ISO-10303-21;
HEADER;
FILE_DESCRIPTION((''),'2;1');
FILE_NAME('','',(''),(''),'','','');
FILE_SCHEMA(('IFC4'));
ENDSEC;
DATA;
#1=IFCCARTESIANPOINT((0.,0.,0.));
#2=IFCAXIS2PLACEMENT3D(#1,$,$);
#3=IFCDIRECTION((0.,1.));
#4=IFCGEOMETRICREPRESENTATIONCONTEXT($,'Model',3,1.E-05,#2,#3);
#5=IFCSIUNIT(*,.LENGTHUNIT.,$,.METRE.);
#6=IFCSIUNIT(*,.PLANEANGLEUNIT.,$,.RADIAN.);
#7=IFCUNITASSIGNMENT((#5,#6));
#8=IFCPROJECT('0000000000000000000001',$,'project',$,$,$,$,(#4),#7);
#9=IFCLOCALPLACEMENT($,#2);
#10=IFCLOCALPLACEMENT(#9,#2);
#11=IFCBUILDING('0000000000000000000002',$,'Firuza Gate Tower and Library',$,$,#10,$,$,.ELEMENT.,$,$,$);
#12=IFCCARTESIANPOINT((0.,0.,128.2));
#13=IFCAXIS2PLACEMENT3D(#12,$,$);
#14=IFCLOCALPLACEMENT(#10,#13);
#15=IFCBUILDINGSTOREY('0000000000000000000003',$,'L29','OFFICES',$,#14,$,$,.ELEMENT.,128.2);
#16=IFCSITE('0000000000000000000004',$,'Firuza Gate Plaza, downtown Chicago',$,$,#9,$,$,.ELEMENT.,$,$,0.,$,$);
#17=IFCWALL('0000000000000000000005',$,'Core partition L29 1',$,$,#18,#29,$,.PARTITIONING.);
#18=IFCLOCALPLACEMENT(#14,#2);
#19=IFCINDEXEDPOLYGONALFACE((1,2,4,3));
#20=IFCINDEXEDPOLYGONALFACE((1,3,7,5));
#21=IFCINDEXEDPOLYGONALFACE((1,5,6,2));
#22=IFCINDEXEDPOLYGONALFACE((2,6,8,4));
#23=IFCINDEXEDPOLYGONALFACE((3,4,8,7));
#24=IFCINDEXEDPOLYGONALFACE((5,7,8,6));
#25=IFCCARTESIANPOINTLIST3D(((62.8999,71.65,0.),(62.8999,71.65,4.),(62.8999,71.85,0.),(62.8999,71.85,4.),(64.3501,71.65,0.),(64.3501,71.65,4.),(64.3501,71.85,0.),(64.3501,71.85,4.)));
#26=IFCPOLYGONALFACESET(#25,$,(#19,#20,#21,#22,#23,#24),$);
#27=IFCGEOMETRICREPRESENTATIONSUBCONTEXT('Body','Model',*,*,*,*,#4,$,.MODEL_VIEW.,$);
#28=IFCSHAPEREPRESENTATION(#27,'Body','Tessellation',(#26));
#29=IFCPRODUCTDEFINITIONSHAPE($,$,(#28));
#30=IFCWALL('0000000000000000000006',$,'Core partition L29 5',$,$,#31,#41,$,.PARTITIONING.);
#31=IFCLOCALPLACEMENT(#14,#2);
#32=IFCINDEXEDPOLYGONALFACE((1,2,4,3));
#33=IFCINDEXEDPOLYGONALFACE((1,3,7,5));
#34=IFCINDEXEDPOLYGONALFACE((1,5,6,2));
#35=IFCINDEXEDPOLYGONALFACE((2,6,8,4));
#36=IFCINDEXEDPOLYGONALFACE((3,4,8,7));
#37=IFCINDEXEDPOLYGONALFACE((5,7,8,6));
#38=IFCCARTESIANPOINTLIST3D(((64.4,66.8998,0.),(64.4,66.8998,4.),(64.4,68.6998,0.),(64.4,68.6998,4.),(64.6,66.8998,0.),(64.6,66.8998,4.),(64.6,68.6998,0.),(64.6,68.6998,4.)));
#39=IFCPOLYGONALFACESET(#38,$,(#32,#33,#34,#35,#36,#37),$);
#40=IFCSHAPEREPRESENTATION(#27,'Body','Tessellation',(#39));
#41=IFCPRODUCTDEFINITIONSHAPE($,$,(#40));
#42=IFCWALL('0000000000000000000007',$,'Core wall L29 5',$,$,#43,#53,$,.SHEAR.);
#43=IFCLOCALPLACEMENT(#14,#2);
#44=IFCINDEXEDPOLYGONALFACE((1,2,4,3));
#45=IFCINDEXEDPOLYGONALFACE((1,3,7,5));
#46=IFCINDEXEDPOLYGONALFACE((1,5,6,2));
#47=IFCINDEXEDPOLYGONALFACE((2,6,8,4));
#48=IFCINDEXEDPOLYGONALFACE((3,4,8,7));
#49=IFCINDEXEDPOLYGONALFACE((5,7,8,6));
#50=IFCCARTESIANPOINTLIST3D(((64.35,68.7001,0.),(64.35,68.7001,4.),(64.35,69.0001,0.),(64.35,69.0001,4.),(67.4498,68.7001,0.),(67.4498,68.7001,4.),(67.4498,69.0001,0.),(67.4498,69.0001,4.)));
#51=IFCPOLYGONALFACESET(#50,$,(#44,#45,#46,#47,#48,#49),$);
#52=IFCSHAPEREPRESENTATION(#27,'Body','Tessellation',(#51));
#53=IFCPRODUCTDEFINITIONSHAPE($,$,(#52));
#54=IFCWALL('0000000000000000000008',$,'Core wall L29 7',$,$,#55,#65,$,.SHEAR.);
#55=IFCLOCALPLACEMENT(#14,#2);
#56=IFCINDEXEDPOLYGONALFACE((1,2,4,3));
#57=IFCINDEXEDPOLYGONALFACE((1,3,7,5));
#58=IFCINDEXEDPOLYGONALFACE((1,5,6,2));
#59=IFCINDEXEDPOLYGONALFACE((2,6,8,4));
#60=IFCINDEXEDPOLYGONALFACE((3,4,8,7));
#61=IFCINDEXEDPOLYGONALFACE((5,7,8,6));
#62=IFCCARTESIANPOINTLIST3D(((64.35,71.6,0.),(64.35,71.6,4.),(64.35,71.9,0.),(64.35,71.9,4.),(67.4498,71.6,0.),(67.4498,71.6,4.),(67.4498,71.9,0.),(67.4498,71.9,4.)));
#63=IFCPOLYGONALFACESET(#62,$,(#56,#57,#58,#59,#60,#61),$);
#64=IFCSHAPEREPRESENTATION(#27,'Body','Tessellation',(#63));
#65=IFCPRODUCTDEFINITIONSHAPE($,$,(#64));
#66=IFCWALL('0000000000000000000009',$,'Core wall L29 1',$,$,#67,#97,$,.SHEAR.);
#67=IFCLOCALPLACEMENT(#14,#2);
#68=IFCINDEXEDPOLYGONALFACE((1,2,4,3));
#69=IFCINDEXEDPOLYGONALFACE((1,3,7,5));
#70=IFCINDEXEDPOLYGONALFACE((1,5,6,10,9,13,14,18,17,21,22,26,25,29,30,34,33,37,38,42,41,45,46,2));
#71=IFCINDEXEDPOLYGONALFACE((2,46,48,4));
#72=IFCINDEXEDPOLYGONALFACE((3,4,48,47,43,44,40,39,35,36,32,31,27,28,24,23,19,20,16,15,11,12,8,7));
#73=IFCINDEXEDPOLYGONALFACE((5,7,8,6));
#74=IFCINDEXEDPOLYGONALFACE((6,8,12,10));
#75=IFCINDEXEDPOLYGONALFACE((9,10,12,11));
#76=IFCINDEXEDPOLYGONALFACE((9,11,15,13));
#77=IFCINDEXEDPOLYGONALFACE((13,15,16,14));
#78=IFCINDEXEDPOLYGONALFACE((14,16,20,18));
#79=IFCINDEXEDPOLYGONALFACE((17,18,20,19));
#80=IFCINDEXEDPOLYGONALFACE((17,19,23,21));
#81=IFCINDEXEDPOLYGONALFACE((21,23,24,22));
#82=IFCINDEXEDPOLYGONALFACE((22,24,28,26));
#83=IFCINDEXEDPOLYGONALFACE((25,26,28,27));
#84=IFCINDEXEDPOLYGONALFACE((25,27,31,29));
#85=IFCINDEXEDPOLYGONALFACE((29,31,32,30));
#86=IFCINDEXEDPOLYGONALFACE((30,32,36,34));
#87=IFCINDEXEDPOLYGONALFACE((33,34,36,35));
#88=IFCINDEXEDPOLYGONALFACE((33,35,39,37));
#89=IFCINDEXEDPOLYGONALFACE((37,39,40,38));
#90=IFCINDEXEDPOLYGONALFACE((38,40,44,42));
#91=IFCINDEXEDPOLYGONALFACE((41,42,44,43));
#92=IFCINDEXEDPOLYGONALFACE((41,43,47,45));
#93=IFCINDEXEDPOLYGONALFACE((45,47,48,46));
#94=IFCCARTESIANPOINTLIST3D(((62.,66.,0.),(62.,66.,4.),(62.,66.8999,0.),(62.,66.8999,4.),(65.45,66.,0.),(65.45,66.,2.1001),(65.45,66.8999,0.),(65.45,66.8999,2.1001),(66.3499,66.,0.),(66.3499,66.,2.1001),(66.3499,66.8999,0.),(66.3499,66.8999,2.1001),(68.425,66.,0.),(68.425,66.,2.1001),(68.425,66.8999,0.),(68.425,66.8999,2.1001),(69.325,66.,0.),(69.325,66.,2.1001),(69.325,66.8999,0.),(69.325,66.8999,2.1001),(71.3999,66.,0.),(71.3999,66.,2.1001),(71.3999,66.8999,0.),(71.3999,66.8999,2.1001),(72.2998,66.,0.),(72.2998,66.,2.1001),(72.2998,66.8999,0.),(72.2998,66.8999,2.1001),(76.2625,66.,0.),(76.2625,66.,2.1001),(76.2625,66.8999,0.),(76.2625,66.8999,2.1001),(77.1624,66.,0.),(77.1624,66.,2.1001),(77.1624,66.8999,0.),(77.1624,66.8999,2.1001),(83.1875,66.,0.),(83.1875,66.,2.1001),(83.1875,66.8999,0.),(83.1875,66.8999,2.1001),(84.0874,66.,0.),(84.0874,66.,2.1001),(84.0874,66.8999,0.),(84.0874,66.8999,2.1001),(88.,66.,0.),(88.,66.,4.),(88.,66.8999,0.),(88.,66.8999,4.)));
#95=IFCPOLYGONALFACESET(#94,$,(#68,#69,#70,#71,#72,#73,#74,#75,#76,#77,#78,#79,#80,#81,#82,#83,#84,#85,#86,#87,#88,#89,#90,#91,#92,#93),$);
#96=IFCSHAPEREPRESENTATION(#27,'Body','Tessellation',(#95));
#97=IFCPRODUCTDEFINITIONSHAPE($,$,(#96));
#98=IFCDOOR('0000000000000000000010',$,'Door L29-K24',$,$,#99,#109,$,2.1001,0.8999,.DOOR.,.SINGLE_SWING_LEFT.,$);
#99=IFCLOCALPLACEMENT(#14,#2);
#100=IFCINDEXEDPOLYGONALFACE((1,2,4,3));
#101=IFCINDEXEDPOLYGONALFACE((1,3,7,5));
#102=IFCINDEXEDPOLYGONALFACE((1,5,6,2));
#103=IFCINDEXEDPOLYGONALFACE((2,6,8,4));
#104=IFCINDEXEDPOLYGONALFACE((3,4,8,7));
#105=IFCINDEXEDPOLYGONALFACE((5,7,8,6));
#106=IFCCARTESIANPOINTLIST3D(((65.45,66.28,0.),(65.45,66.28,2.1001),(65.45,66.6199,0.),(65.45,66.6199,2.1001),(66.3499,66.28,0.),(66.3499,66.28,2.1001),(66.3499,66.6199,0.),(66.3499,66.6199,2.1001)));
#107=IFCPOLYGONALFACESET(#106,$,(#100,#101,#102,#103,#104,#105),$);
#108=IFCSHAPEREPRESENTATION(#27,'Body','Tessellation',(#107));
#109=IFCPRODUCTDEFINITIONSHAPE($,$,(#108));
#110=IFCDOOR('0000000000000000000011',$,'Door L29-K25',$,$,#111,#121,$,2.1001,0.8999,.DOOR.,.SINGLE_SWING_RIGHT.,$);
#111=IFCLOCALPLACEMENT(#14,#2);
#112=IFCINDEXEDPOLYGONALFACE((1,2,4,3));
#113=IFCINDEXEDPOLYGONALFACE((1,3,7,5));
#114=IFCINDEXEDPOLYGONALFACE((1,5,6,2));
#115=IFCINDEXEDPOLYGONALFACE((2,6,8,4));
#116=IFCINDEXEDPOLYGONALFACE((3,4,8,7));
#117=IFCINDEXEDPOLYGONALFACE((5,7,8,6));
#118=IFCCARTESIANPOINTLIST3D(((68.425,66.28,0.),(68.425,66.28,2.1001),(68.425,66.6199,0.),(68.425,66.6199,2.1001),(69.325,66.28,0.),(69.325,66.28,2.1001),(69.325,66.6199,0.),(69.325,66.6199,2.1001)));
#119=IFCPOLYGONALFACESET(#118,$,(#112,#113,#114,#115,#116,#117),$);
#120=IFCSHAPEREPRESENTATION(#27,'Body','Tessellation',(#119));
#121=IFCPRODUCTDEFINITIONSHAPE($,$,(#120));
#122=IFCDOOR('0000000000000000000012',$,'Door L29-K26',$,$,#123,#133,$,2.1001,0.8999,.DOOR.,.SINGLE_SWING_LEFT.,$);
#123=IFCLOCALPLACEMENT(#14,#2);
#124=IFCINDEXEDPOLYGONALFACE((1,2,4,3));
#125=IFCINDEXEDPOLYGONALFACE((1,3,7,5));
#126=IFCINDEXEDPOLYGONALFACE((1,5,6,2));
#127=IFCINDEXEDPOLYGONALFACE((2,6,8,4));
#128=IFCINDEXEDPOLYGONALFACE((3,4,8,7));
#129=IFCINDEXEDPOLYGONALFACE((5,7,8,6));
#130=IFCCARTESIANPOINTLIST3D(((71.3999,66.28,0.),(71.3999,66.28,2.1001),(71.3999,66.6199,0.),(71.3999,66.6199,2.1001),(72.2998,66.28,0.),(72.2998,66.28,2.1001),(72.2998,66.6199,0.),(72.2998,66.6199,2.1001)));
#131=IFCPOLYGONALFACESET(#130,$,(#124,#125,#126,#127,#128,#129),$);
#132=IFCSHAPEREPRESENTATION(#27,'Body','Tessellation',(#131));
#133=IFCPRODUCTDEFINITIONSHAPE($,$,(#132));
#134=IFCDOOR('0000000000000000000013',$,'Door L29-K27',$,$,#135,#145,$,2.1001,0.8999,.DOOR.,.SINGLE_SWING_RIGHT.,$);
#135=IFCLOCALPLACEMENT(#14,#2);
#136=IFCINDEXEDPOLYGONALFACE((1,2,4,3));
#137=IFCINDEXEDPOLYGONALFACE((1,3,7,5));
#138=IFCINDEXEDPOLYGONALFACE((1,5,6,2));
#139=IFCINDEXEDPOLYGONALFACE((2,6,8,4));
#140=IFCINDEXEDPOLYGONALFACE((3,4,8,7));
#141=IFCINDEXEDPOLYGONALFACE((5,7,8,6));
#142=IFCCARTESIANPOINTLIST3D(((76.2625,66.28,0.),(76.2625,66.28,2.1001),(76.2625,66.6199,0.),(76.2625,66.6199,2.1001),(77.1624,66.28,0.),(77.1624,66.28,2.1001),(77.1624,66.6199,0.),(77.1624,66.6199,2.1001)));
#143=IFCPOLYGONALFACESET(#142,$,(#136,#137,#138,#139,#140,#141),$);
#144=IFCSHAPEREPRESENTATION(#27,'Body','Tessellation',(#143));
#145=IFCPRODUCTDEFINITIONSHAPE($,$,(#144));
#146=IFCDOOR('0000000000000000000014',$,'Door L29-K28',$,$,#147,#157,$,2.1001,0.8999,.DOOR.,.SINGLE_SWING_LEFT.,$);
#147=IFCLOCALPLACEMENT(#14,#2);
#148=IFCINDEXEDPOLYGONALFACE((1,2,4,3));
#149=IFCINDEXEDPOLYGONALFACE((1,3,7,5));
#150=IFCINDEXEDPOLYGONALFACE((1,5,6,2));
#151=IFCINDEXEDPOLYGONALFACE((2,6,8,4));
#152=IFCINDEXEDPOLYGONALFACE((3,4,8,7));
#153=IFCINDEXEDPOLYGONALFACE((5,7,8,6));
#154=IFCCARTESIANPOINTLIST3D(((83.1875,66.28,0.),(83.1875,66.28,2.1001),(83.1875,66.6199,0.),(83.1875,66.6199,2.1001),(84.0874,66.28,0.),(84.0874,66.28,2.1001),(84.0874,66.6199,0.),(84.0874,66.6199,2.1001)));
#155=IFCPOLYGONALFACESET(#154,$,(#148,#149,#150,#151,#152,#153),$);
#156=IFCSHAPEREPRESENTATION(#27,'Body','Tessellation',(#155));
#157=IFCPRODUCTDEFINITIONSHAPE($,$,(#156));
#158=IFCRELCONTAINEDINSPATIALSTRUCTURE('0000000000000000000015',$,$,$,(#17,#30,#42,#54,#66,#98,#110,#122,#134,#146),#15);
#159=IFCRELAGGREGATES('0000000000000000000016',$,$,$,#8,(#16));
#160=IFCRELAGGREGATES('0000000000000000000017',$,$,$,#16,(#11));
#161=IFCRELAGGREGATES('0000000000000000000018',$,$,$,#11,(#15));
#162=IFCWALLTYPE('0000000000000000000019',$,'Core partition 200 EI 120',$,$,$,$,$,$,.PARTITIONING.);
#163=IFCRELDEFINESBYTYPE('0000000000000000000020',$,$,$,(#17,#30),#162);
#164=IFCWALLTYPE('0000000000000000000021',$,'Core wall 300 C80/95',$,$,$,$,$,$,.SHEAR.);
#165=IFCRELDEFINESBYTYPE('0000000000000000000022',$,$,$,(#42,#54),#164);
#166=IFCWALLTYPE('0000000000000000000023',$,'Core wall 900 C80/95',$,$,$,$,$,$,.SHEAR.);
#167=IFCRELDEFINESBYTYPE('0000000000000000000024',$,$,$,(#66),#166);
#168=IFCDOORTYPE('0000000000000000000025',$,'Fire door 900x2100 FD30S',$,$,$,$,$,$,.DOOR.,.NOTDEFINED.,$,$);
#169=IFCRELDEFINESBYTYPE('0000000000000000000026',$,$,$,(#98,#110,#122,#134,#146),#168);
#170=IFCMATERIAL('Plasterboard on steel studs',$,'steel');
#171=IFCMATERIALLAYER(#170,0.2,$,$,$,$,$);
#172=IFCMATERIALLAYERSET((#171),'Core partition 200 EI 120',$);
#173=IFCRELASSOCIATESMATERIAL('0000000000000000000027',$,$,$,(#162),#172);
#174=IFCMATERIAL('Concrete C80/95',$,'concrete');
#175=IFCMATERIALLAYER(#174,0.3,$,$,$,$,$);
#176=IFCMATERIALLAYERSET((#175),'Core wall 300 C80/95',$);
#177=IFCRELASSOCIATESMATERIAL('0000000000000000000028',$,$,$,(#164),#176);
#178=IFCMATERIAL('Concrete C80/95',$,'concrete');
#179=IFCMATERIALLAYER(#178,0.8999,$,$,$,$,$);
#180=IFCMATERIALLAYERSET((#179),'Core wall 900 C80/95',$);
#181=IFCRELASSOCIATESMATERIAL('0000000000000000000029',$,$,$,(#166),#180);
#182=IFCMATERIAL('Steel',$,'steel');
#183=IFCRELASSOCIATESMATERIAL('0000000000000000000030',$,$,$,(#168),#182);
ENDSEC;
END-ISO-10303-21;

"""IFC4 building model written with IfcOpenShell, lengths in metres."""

from ifc_helpers import new_model, si_unit, direction, frame, frame_2d, origin, place, context, subcontext, project, spatial, rectangle, extrude, material, layer, layer_set, type_object, element, fill, save


model = new_model("IFC4")

# Units and contexts
model_context = context("Model", 3, precision=1e-05, world=origin(), true_north=direction((0.0, 1.0)))
body_context = subcontext(model_context, "Body", "Model", "MODEL_VIEW")
ifc_project = project(units=[si_unit("LENGTHUNIT", "METRE"), si_unit("PLANEANGLEUNIT", "RADIAN")], contexts=[model_context])

# Site, building, storey
site_placement = place(None, origin())
site = spatial("IfcSite", under=ifc_project, at=site_placement, Name="Firuza Gate Plaza, downtown Chicago", CompositionType="ELEMENT", RefElevation=0.0)
building_placement = place(site_placement, origin())
building = spatial("IfcBuilding", under=site, at=building_placement, Name="Firuza Gate Tower and Library", CompositionType="ELEMENT")
storey_placement = place(building_placement, frame((0.0, 0.0, 128.2)))
storey = spatial("IfcBuildingStorey", under=building, at=storey_placement, Name="L29", Description="OFFICES", CompositionType="ELEMENT", Elevation=128.2)

# Walls
ifc_material_1 = material(Name="Plasterboard on steel studs", Category="steel")
ifc_layer_1 = layer(ifc_material_1, 0.2)
ifc_layer_set_1 = layer_set([ifc_layer_1], Name="Core partition 200 EI 120")
wall_type_1 = type_object("IfcWallType", Name="Core partition 200 EI 120", PredefinedType="PARTITIONING", material=ifc_layer_set_1)
wall_1_placement = place(storey_placement, frame((62.8999, 71.75, 0.0), z_axis=(0.0, 0.0, 1.0), x_axis=(1.0, 0.0, 0.0)))
element("IfcWall", 1, at=wall_1_placement, inside=storey, type_object=wall_type_1, Name="Core partition L29 1", PredefinedType="PARTITIONING", context=body_context, shape_type="SweptSolid", body=[
    extrude(rectangle(XDim=1.4502, YDim=0.2, at=frame_2d((0.7251, 0.0))), origin(), (0.0, 0.0, 1.0), 4.0),
])
wall_2_placement = place(storey_placement, frame((64.5, 66.8999, 0.0), z_axis=(0.0, 0.0, 1.0), x_axis=(0.0, 1.0, 0.0)))
element("IfcWall", 2, at=wall_2_placement, inside=storey, type_object=wall_type_1, Name="Core partition L29 5", PredefinedType="PARTITIONING", context=body_context, shape_type="SweptSolid", body=[
    extrude(rectangle(XDim=1.8, YDim=0.2, at=frame_2d((0.8999, 0.0))), origin(), (0.0, 0.0, 1.0), 4.0),
])
ifc_material_2 = material(Name="Concrete C80/95", Category="concrete")
ifc_layer_2 = layer(ifc_material_2, 0.3)
ifc_layer_set_2 = layer_set([ifc_layer_2], Name="Core wall 300 C80/95")
wall_type_2 = type_object("IfcWallType", Name="Core wall 300 C80/95", PredefinedType="SHEAR", material=ifc_layer_set_2)
for number, where, z_axis, x_axis, name in (
    (3, (64.3501, 68.8501, 0.0), (0.0, 0.0, 1.0), (1.0, 0.0, 0.0), "Core wall L29 5"),
    (4, (64.3501, 71.75, 0.0), (0.0, 0.0, 1.0), (1.0, 0.0, 0.0), "Core wall L29 7"),
):
    element("IfcWall", number, at=place(storey_placement, frame(where, z_axis=z_axis, x_axis=x_axis)), inside=storey, type_object=wall_type_2, Name=name, PredefinedType="SHEAR", context=body_context, shape_type="SweptSolid", body=[
        extrude(rectangle(XDim=3.0999, YDim=0.3, at=frame_2d((1.5498, 0.0))), origin(), (0.0, 0.0, 1.0), 4.0),
    ])

# Wall, openings, doors
ifc_material_3 = material(Name="Concrete C80/95", Category="concrete")
ifc_layer_3 = layer(ifc_material_3, 0.8999)
ifc_layer_set_3 = layer_set([ifc_layer_3], Name="Core wall 900 C80/95")
wall_type_3 = type_object("IfcWallType", Name="Core wall 900 C80/95", PredefinedType="SHEAR", material=ifc_layer_set_3)
wall_3_placement = place(storey_placement, frame((62.0, 66.45, 0.0), z_axis=(0.0, 0.0, 1.0), x_axis=(1.0, 0.0, 0.0)))
wall_3 = element("IfcWall", 5, at=wall_3_placement, inside=storey, type_object=wall_type_3, Name="Core wall L29 1", PredefinedType="SHEAR", context=body_context, shape_type="SweptSolid", body=[
    extrude(rectangle(XDim=26.0, YDim=0.8999, at=frame_2d((13.0, 0.0))), origin(), (0.0, 0.0, 1.0), 4.0),
])
opening_1_placement = place(wall_3_placement, frame((3.45, 0.0, 0.0)))
opening_1 = element("IfcOpeningElement", 6, at=opening_1_placement, cuts=wall_3, PredefinedType="OPENING", context=body_context, shape_type="SweptSolid", body=[
    extrude(rectangle(XDim=0.8999, YDim=2.1001, at=frame_2d((0.45, 1.05))), frame((0.0, 0.46, 0.0), z_axis=(0.0, -1.0, 0.0), x_axis=(1.0, 0.0, 0.0)), (0.0, 0.0, 1.0), 0.9199),
])
opening_2_placement = place(wall_3_placement, frame((6.425, 0.0, 0.0)))
opening_2 = element("IfcOpeningElement", 7, at=opening_2_placement, cuts=wall_3, PredefinedType="OPENING", context=body_context, shape_type="SweptSolid", body=[
    extrude(rectangle(XDim=0.8999, YDim=2.1001, at=frame_2d((0.45, 1.05))), frame((0.0, 0.46, 0.0), z_axis=(0.0, -1.0, 0.0), x_axis=(1.0, 0.0, 0.0)), (0.0, 0.0, 1.0), 0.9199),
])
opening_3_placement = place(wall_3_placement, frame((9.3999, 0.0, 0.0)))
opening_3 = element("IfcOpeningElement", 8, at=opening_3_placement, cuts=wall_3, PredefinedType="OPENING", context=body_context, shape_type="SweptSolid", body=[
    extrude(rectangle(XDim=0.8999, YDim=2.1001, at=frame_2d((0.45, 1.05))), frame((0.0, 0.46, 0.0), z_axis=(0.0, -1.0, 0.0), x_axis=(1.0, 0.0, 0.0)), (0.0, 0.0, 1.0), 0.9199),
])
opening_4_placement = place(wall_3_placement, frame((14.2625, 0.0, 0.0)))
opening_4 = element("IfcOpeningElement", 9, at=opening_4_placement, cuts=wall_3, PredefinedType="OPENING", context=body_context, shape_type="SweptSolid", body=[
    extrude(rectangle(XDim=0.8999, YDim=2.1001, at=frame_2d((0.45, 1.05))), frame((0.0, 0.46, 0.0), z_axis=(0.0, -1.0, 0.0), x_axis=(1.0, 0.0, 0.0)), (0.0, 0.0, 1.0), 0.9199),
])
opening_5_placement = place(wall_3_placement, frame((21.1875, 0.0, 0.0)))
opening_5 = element("IfcOpeningElement", 10, at=opening_5_placement, cuts=wall_3, PredefinedType="OPENING", context=body_context, shape_type="SweptSolid", body=[
    extrude(rectangle(XDim=0.8999, YDim=2.1001, at=frame_2d((0.45, 1.05))), frame((0.0, 0.46, 0.0), z_axis=(0.0, -1.0, 0.0), x_axis=(1.0, 0.0, 0.0)), (0.0, 0.0, 1.0), 0.9199),
])
ifc_material_4 = material(Name="Steel", Category="steel")
door_type_1 = type_object("IfcDoorType", Name="Fire door 900x2100 FD30S", OperationType="NOTDEFINED", PredefinedType="DOOR", material=ifc_material_4)
door_1_placement = place(opening_1_placement, origin())
door_1 = element("IfcDoor", 11, at=door_1_placement, inside=storey, type_object=door_type_1, Name="Door L29-K24", OperationType="SINGLE_SWING_LEFT", OverallHeight=2.1001, OverallWidth=0.8999, PredefinedType="DOOR", context=body_context, shape_type="SweptSolid", body=[
    extrude(rectangle(XDim=0.8999, YDim=2.1001, at=frame_2d((0.45, 1.05))), frame((0.0, 0.1699, 0.0), z_axis=(0.0, -1.0, 0.0), x_axis=(1.0, 0.0, 0.0)), (0.0, 0.0, 1.0), 0.3398),
])
fill(opening_1, door_1)
door_2_placement = place(opening_2_placement, origin())
door_2 = element("IfcDoor", 12, at=door_2_placement, inside=storey, type_object=door_type_1, Name="Door L29-K25", OperationType="SINGLE_SWING_RIGHT", OverallHeight=2.1001, OverallWidth=0.8999, PredefinedType="DOOR", context=body_context, shape_type="SweptSolid", body=[
    extrude(rectangle(XDim=0.8999, YDim=2.1001, at=frame_2d((0.45, 1.05))), frame((0.0, 0.1699, 0.0), z_axis=(0.0, -1.0, 0.0), x_axis=(1.0, 0.0, 0.0)), (0.0, 0.0, 1.0), 0.3398),
])
fill(opening_2, door_2)
door_3_placement = place(opening_3_placement, origin())
door_3 = element("IfcDoor", 13, at=door_3_placement, inside=storey, type_object=door_type_1, Name="Door L29-K26", OperationType="SINGLE_SWING_LEFT", OverallHeight=2.1001, OverallWidth=0.8999, PredefinedType="DOOR", context=body_context, shape_type="SweptSolid", body=[
    extrude(rectangle(XDim=0.8999, YDim=2.1001, at=frame_2d((0.45, 1.05))), frame((0.0, 0.1699, 0.0), z_axis=(0.0, -1.0, 0.0), x_axis=(1.0, 0.0, 0.0)), (0.0, 0.0, 1.0), 0.3398),
])
fill(opening_3, door_3)
door_4_placement = place(opening_4_placement, origin())
door_4 = element("IfcDoor", 14, at=door_4_placement, inside=storey, type_object=door_type_1, Name="Door L29-K27", OperationType="SINGLE_SWING_RIGHT", OverallHeight=2.1001, OverallWidth=0.8999, PredefinedType="DOOR", context=body_context, shape_type="SweptSolid", body=[
    extrude(rectangle(XDim=0.8999, YDim=2.1001, at=frame_2d((0.45, 1.05))), frame((0.0, 0.1699, 0.0), z_axis=(0.0, -1.0, 0.0), x_axis=(1.0, 0.0, 0.0)), (0.0, 0.0, 1.0), 0.3398),
])
fill(opening_4, door_4)
door_5_placement = place(opening_5_placement, origin())
door_5 = element("IfcDoor", 15, at=door_5_placement, inside=storey, type_object=door_type_1, Name="Door L29-K28", OperationType="SINGLE_SWING_LEFT", OverallHeight=2.1001, OverallWidth=0.8999, PredefinedType="DOOR", context=body_context, shape_type="SweptSolid", body=[
    extrude(rectangle(XDim=0.8999, YDim=2.1001, at=frame_2d((0.45, 1.05))), frame((0.0, 0.1699, 0.0), z_axis=(0.0, -1.0, 0.0), x_axis=(1.0, 0.0, 0.0)), (0.0, 0.0, 1.0), 0.3398),
])
fill(opening_5, door_5)

save(model, "model.ifc")
